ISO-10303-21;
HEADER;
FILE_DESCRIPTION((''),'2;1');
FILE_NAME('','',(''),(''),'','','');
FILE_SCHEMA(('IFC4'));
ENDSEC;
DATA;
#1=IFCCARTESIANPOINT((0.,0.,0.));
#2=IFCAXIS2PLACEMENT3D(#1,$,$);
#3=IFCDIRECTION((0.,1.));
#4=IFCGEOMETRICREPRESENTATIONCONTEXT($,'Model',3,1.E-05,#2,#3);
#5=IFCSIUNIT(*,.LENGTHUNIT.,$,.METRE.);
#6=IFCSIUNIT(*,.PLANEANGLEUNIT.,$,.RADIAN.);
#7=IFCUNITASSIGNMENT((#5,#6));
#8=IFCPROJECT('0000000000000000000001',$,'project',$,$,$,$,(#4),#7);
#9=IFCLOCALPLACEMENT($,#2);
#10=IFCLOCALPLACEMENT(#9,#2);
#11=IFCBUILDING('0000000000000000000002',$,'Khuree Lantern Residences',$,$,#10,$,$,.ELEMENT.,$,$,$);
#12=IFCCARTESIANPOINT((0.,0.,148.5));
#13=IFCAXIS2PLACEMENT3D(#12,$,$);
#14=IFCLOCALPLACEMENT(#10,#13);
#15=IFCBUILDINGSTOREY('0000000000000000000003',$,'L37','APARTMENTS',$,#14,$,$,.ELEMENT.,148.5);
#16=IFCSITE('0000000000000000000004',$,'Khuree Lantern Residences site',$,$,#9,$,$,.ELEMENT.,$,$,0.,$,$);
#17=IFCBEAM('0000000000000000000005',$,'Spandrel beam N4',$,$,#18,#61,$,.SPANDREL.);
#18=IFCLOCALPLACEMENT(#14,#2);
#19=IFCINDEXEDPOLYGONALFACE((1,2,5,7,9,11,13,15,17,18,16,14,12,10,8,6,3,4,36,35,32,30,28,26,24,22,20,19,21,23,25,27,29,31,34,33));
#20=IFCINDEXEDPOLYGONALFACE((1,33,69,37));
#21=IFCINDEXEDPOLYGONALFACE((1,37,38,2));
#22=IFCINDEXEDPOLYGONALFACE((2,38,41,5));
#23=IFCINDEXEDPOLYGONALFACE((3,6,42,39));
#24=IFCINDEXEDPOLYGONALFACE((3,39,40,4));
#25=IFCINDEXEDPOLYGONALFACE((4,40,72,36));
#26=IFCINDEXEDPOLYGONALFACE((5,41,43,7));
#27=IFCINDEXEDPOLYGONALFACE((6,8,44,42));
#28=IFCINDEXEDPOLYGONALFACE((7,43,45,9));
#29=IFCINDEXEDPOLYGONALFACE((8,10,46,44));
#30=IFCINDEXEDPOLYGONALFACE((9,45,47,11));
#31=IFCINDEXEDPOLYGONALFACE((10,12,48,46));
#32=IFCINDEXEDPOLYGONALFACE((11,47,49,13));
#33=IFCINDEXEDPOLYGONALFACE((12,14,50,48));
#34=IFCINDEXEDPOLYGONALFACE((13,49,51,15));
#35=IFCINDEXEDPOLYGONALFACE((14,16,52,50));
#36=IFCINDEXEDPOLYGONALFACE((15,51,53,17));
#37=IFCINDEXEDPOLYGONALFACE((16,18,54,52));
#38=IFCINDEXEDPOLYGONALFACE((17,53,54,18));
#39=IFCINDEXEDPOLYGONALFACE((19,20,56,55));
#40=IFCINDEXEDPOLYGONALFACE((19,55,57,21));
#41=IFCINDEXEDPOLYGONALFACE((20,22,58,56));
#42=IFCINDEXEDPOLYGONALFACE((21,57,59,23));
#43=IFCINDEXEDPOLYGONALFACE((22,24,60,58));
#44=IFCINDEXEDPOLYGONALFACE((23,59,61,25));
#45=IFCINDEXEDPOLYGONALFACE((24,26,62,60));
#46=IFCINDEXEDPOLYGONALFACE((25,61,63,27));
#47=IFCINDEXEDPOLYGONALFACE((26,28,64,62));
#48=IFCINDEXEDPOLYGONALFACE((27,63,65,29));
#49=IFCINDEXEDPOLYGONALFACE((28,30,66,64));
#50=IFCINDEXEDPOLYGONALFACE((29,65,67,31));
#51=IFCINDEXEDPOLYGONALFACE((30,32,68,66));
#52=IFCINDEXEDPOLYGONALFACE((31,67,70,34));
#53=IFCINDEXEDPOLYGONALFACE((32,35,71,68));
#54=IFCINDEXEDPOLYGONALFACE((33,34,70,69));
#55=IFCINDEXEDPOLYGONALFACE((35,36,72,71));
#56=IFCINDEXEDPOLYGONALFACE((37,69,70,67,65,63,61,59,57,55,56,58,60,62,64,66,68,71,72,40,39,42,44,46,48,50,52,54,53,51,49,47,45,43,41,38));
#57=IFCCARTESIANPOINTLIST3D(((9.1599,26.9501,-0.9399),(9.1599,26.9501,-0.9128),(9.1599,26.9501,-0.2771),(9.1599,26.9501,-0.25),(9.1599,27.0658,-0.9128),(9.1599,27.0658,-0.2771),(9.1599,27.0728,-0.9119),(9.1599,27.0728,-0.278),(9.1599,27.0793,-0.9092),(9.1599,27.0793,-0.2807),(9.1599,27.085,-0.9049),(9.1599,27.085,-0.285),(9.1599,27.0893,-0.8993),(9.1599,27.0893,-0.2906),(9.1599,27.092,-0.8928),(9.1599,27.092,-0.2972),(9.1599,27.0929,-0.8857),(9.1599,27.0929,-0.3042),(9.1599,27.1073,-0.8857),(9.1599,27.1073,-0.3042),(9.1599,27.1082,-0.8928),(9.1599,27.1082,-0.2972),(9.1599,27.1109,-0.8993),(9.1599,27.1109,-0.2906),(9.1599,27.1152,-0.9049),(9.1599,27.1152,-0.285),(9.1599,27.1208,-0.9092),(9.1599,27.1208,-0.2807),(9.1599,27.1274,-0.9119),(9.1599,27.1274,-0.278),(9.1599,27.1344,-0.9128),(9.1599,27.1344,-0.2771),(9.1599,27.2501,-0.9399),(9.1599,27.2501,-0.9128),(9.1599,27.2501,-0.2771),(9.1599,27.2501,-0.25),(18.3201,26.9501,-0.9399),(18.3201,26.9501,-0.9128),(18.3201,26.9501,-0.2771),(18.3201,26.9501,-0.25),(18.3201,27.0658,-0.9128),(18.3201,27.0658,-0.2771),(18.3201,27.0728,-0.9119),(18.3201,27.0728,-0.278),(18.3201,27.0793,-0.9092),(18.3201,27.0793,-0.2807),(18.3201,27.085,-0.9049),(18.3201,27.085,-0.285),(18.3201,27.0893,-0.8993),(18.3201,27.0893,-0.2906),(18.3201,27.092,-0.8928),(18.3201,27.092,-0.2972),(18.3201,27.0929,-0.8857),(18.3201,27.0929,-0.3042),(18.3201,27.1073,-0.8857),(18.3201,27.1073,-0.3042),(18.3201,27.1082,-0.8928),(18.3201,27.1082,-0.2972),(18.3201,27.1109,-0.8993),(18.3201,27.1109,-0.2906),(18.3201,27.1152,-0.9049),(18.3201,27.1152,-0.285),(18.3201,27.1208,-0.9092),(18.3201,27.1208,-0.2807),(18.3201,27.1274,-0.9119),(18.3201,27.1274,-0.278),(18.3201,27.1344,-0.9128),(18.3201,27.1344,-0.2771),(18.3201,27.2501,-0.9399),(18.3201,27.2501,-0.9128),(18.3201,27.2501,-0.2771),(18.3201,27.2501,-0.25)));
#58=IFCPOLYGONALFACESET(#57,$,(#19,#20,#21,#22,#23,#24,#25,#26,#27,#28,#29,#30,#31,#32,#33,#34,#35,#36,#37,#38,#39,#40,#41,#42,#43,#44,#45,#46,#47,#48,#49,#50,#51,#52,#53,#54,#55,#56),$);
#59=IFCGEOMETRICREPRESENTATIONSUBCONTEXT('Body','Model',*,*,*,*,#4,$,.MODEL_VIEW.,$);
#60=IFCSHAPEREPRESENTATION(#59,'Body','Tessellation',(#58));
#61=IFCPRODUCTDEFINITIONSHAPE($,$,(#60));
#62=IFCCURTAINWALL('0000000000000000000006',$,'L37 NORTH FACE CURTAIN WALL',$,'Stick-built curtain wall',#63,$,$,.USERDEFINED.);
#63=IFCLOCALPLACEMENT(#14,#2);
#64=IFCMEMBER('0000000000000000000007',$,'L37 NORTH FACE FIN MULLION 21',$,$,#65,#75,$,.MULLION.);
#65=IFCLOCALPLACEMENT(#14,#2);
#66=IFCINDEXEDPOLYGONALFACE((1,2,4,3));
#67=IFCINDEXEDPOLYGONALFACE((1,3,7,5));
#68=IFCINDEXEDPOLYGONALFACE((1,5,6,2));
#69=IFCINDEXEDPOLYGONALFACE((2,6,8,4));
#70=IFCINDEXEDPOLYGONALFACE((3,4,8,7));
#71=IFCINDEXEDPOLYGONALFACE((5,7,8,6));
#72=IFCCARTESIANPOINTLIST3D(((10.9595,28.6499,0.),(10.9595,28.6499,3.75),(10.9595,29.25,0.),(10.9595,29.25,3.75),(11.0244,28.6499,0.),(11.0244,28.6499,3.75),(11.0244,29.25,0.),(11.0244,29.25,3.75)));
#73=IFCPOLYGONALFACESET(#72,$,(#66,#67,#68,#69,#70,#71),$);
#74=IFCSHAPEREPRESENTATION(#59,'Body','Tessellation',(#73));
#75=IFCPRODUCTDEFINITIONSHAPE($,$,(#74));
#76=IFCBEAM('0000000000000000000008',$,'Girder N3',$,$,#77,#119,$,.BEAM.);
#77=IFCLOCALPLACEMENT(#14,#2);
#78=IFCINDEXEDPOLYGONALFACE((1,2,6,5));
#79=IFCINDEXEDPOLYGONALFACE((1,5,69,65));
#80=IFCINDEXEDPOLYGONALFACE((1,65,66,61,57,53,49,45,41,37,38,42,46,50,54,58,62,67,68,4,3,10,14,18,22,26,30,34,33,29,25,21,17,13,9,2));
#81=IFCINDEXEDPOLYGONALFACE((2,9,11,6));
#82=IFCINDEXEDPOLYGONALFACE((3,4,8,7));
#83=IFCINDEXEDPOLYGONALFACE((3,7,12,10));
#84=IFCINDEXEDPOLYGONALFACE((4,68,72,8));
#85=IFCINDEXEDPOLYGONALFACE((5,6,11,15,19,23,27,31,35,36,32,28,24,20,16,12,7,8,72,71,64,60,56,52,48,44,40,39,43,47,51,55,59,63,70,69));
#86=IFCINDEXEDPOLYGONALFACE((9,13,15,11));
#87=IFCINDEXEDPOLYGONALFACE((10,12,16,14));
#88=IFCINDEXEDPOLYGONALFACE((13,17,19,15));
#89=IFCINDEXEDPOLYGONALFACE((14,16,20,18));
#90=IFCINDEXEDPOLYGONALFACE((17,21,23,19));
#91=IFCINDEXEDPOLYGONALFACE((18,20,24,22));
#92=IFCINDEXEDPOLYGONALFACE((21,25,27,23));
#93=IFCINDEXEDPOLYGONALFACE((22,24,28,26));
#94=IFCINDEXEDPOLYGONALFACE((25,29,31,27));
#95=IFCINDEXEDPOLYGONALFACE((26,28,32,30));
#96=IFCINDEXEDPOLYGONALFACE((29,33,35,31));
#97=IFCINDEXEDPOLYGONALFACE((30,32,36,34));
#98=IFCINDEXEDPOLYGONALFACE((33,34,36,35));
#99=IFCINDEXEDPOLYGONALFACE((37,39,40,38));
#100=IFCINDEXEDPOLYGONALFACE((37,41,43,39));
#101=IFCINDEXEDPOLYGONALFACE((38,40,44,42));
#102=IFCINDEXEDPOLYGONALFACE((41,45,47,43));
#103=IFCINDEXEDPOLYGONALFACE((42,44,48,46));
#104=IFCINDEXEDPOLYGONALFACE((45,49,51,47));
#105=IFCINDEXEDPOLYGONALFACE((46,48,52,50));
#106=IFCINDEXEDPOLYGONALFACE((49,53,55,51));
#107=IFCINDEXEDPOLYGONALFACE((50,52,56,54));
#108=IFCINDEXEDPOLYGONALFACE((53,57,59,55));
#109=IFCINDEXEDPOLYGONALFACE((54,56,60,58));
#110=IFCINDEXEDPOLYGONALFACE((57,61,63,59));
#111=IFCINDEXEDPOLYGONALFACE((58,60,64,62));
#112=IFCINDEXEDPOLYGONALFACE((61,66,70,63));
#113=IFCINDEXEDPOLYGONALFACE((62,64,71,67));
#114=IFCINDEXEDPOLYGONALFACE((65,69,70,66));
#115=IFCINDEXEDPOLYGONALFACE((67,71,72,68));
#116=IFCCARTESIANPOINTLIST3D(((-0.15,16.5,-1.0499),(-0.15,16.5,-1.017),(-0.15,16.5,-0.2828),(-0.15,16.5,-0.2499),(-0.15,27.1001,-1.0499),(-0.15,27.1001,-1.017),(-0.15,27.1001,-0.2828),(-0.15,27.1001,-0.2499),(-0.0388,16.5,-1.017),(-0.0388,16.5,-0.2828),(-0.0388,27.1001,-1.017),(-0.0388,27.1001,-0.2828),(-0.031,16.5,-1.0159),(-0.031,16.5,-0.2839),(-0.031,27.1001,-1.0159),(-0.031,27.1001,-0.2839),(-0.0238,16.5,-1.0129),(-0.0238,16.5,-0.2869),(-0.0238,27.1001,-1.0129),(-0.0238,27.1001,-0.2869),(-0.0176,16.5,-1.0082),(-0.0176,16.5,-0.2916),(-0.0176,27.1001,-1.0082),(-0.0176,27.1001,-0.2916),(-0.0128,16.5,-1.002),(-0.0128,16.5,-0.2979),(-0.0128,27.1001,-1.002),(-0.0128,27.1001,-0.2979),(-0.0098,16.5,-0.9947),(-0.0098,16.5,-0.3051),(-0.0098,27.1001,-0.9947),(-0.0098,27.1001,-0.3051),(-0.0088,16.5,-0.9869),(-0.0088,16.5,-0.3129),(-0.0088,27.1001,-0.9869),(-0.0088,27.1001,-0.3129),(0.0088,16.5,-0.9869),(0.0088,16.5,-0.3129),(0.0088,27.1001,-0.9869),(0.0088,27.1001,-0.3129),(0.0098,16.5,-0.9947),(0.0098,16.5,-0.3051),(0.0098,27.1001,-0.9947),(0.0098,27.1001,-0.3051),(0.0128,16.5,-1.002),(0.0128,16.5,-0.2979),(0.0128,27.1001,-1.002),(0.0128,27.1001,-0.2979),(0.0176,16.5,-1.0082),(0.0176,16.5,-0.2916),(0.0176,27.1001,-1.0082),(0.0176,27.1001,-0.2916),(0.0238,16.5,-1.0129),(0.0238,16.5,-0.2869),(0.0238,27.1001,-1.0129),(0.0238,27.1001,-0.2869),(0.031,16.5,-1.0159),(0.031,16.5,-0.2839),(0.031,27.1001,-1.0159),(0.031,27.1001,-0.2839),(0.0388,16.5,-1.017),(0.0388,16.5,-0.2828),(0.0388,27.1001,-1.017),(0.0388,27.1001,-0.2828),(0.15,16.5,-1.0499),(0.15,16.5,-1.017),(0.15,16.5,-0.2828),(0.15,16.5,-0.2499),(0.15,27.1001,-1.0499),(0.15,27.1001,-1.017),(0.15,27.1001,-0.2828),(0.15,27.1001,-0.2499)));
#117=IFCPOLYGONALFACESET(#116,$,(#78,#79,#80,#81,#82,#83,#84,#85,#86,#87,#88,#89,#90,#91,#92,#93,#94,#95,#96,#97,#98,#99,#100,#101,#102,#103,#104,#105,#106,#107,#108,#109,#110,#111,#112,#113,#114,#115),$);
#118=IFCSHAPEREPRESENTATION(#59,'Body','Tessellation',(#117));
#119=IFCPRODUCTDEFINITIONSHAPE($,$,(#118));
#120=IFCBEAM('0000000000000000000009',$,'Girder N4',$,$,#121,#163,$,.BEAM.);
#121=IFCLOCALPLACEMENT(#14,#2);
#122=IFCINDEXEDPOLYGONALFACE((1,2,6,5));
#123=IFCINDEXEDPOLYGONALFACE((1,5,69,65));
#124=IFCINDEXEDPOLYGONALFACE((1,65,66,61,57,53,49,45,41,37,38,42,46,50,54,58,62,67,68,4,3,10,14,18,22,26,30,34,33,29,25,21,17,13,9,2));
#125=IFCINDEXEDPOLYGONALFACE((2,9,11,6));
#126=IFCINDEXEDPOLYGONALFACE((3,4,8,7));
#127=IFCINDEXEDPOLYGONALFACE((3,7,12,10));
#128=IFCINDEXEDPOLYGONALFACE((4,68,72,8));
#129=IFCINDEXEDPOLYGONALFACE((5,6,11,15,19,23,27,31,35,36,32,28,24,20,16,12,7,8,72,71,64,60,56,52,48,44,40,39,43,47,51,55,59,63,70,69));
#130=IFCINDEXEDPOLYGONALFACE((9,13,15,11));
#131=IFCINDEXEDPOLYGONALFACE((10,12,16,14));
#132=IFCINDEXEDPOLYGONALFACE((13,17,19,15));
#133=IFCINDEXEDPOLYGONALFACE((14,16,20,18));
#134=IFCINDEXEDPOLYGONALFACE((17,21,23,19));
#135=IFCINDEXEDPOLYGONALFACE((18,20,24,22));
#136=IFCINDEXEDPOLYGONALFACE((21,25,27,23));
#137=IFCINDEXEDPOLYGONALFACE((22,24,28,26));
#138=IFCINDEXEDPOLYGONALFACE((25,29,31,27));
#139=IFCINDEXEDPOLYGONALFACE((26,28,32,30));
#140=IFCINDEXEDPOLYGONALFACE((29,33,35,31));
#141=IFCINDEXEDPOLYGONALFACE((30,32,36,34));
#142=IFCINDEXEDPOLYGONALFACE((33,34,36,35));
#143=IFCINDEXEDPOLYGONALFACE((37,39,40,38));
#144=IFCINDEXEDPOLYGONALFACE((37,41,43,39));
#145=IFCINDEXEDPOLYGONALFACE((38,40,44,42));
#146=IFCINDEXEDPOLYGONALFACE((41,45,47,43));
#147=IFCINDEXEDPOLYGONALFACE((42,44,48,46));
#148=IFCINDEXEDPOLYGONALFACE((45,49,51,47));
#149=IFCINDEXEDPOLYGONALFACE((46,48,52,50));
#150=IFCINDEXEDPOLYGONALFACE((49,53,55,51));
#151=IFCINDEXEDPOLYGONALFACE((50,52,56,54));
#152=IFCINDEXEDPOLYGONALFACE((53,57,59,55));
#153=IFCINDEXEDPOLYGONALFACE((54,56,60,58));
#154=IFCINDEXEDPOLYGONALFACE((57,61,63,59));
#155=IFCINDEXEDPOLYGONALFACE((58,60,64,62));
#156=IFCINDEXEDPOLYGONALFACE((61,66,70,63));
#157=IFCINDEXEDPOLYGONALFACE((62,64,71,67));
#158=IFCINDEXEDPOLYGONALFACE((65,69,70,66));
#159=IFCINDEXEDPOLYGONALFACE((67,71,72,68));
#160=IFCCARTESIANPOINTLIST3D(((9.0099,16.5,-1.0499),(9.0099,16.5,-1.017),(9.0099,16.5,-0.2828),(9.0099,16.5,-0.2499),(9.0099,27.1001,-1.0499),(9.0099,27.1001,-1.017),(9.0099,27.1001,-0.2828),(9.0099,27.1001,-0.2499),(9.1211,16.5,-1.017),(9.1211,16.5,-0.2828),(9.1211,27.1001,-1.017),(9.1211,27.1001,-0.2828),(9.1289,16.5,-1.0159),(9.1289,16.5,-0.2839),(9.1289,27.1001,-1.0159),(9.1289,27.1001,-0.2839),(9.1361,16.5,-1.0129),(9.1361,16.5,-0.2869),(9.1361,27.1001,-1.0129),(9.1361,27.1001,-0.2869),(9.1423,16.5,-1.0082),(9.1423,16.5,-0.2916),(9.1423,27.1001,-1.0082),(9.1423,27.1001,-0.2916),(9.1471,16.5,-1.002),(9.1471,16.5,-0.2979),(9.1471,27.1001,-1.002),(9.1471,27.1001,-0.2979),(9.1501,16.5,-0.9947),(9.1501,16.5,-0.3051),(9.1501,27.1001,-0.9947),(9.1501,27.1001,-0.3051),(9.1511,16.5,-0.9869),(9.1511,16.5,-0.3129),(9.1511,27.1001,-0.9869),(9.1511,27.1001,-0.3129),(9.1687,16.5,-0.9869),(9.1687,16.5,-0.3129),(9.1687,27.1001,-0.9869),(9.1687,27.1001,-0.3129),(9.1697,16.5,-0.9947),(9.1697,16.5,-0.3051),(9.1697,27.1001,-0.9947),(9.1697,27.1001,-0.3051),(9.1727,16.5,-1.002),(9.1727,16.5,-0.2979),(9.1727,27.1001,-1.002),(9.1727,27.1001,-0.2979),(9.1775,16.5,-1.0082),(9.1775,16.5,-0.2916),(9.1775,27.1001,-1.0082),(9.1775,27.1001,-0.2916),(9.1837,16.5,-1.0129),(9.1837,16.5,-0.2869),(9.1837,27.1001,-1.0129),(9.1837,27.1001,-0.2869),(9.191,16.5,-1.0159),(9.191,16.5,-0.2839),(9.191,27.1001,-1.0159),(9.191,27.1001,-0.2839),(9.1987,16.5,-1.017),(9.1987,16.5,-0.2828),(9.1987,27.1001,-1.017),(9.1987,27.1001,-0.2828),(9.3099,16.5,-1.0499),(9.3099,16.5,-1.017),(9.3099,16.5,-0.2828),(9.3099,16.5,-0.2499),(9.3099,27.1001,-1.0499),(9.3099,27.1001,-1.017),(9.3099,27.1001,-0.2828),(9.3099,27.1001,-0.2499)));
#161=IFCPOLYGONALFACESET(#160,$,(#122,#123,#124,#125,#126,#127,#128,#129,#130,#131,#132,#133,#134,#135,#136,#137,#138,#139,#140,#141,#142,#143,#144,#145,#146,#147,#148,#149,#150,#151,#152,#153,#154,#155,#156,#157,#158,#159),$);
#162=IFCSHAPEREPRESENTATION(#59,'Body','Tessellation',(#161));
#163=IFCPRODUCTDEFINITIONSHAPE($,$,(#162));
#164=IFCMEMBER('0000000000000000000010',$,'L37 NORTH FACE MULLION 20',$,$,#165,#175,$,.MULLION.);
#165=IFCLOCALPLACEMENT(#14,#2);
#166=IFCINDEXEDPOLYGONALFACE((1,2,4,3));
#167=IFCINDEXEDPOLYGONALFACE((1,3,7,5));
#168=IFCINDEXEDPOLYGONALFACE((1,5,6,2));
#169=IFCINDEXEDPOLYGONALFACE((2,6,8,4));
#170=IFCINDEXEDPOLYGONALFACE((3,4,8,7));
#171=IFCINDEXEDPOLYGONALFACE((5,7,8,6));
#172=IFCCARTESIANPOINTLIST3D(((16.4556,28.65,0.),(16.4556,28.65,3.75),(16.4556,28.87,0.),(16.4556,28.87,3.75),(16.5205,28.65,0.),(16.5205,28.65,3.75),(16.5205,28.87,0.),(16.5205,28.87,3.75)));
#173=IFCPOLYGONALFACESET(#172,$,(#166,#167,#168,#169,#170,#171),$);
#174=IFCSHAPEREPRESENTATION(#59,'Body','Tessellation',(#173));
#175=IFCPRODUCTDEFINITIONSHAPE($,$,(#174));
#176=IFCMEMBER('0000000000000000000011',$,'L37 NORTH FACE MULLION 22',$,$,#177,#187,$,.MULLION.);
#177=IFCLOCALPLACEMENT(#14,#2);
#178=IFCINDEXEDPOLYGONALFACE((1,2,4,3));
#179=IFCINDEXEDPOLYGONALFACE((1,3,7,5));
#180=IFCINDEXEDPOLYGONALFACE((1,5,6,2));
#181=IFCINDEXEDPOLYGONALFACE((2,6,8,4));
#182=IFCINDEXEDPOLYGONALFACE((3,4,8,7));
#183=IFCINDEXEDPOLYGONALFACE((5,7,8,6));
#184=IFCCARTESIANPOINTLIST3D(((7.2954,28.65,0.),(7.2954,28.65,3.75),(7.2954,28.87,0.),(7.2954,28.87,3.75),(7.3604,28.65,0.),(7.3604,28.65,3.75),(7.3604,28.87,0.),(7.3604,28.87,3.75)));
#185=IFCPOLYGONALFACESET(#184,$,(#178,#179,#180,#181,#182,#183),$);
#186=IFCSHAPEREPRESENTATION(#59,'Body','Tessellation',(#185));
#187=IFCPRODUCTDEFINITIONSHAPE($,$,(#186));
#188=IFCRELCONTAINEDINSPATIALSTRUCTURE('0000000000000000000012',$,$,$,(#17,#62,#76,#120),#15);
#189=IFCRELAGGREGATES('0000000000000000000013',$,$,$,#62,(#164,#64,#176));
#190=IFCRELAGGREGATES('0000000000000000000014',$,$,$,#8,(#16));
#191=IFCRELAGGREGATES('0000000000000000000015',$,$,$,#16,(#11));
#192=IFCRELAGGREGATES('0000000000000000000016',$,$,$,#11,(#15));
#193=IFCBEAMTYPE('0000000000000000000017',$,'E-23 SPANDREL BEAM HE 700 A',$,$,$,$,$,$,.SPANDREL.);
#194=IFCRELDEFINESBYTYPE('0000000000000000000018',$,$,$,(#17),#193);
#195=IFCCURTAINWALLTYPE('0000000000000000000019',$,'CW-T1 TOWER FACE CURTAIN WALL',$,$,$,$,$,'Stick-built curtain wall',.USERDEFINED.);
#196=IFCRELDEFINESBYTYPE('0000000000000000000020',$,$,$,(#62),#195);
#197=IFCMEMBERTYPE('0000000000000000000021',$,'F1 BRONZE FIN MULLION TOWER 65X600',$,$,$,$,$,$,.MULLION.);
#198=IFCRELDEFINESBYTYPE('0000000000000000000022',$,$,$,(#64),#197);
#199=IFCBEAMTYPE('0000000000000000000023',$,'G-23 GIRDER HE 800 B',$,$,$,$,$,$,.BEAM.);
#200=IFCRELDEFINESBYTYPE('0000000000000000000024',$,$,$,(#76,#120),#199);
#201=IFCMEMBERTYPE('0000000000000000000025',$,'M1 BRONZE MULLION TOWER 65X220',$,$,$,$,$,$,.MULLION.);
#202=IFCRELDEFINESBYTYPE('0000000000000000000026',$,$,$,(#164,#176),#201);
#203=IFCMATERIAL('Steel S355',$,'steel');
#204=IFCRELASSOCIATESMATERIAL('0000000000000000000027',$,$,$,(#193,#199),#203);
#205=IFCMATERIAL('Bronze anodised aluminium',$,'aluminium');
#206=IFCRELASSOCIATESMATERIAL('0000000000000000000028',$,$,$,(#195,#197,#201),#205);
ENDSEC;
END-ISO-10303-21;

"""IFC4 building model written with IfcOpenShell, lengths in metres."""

from ifc_helpers import new_model, si_unit, direction, frame, origin, origin_2d, place, context, subcontext, project, spatial, rectangle, i_section, extrude, material, material_profile, profile_set, type_object, element, aggregate, save


model = new_model("IFC4")

# Units and contexts
model_context = context("Model", 3, precision=1e-05, world=origin(), true_north=direction((0.0, 1.0)))
body_context = subcontext(model_context, "Body", "Model", "MODEL_VIEW")
ifc_project = project(units=[si_unit("LENGTHUNIT", "METRE"), si_unit("PLANEANGLEUNIT", "RADIAN")], contexts=[model_context])

# Site, building, storey
site_placement = place(None, origin())
site = spatial("IfcSite", under=ifc_project, at=site_placement, Name="Khuree Lantern Residences site", CompositionType="ELEMENT", RefElevation=0.0)
building_placement = place(site_placement, origin())
building = spatial("IfcBuilding", under=site, at=building_placement, Name="Khuree Lantern Residences", CompositionType="ELEMENT")
storey_placement = place(building_placement, frame((0.0, 0.0, 148.5)))
storey = spatial("IfcBuildingStorey", under=building, at=storey_placement, Name="L37", Description="APARTMENTS", CompositionType="ELEMENT", Elevation=148.5)

# Beam
ifc_material_1 = material(Name="Steel S355", Category="steel")
ifc_material_profile_1 = material_profile(ifc_material_1, i_section(OverallWidth=0.3, OverallDepth=0.6899, WebThickness=0.0144, FlangeThickness=0.0271, FilletRadius=0.0271, at=origin_2d()), Name="HE 700 A")
ifc_profile_set_1 = profile_set([ifc_material_profile_1], Name="Steel S355")
beam_type_1 = type_object("IfcBeamType", Name="E-23 SPANDREL BEAM HE 700 A", PredefinedType="SPANDREL", material=ifc_profile_set_1)
beam_1_placement = place(storey_placement, frame((9.1599, 27.1001, -0.595), z_axis=(1.0, 0.0, 0.0), x_axis=(0.0, 1.0, 0.0)))
element("IfcBeam", 1, at=beam_1_placement, inside=storey, type_object=beam_type_1, Name="Spandrel beam N4", PredefinedType="SPANDREL", context=body_context, shape_type="SweptSolid", body=[
    extrude(i_section(OverallWidth=0.3, OverallDepth=0.6899, WebThickness=0.0144, FlangeThickness=0.0271, FilletRadius=0.0271, at=origin_2d()), origin(), (0.0, 0.0, 1.0), 9.1602),
])

# Curtain wall, member
ifc_material_2 = material(Name="Bronze anodised aluminium", Category="aluminium")
curtain_wall_type = type_object("IfcCurtainWallType", Name="CW-T1 TOWER FACE CURTAIN WALL", ElementType="Stick-built curtain wall", PredefinedType="USERDEFINED", material=ifc_material_2)
curtain_wall_placement = place(storey_placement, origin())
curtain_wall = element("IfcCurtainWall", 2, at=curtain_wall_placement, inside=storey, type_object=curtain_wall_type, Name="L37 NORTH FACE CURTAIN WALL", ObjectType="Stick-built curtain wall", PredefinedType="USERDEFINED")
ifc_material_profile_2 = material_profile(ifc_material_2, rectangle(XDim=0.0649, YDim=0.6001, at=origin_2d()), Name="F1 65X600")
ifc_profile_set_2 = profile_set([ifc_material_profile_2], Name="Bronze anodised aluminium")
member_type_1 = type_object("IfcMemberType", Name="F1 BRONZE FIN MULLION TOWER 65X600", PredefinedType="MULLION", material=ifc_profile_set_2)
member_1_placement = place(storey_placement, frame((10.9919, 28.95, 0.0), z_axis=(0.0, 0.0, 1.0), x_axis=(-1.0, 0.0, 0.0)))
member_1 = element("IfcMember", 3, at=member_1_placement, type_object=member_type_1, Name="L37 NORTH FACE FIN MULLION 21", PredefinedType="MULLION", context=body_context, shape_type="SweptSolid", body=[
    extrude(rectangle(XDim=0.0649, YDim=0.6001, at=origin_2d()), origin(), (0.0, 0.0, 1.0), 3.75),
])

# Beams
ifc_material_profile_3 = material_profile(ifc_material_1, i_section(OverallWidth=0.3, OverallDepth=0.8, WebThickness=0.0176, FlangeThickness=0.033, FilletRadius=0.03, at=origin_2d()), Name="HE 800 B")
ifc_profile_set_3 = profile_set([ifc_material_profile_3], Name="Steel S355")
beam_type_2 = type_object("IfcBeamType", Name="G-23 GIRDER HE 800 B", PredefinedType="BEAM", material=ifc_profile_set_3)
for number, where, z_axis, x_axis, name in (
    (4, (0.0, 27.1001, -0.6499), (0.0, -1.0, 0.0), (1.0, 0.0, 0.0), "Girder N3"),
    (5, (9.1599, 27.1001, -0.6499), (0.0, -1.0, 0.0), (1.0, 0.0, 0.0), "Girder N4"),
):
    element("IfcBeam", number, at=place(storey_placement, frame(where, z_axis=z_axis, x_axis=x_axis)), inside=storey, type_object=beam_type_2, Name=name, PredefinedType="BEAM", context=body_context, shape_type="SweptSolid", body=[
        extrude(i_section(OverallWidth=0.3, OverallDepth=0.8, WebThickness=0.0176, FlangeThickness=0.033, FilletRadius=0.03, at=origin_2d()), origin(), (0.0, 0.0, 1.0), 10.6001),
    ])

# Members
ifc_material_profile_4 = material_profile(ifc_material_2, rectangle(XDim=0.0649, YDim=0.22, at=origin_2d()), Name="M1 65X220")
ifc_profile_set_4 = profile_set([ifc_material_profile_4], Name="Bronze anodised aluminium")
member_type_2 = type_object("IfcMemberType", Name="M1 BRONZE MULLION TOWER 65X220", PredefinedType="MULLION", material=ifc_profile_set_4)
member_2_placement = place(storey_placement, frame((16.488, 28.76, 0.0), z_axis=(0.0, 0.0, 1.0), x_axis=(-1.0, 0.0, 0.0)))
member_2 = element("IfcMember", 6, at=member_2_placement, type_object=member_type_2, Name="L37 NORTH FACE MULLION 20", PredefinedType="MULLION", context=body_context, shape_type="SweptSolid", body=[
    extrude(rectangle(XDim=0.0649, YDim=0.22, at=origin_2d()), origin(), (0.0, 0.0, 1.0), 3.75),
])
member_3_placement = place(storey_placement, frame((7.3279, 28.76, 0.0), z_axis=(0.0, 0.0, 1.0), x_axis=(-1.0, 0.0, 0.0)))
member_3 = element("IfcMember", 7, at=member_3_placement, type_object=member_type_2, Name="L37 NORTH FACE MULLION 22", PredefinedType="MULLION", context=body_context, shape_type="SweptSolid", body=[
    extrude(rectangle(XDim=0.0649, YDim=0.22, at=origin_2d()), origin(), (0.0, 0.0, 1.0), 3.75),
])

aggregate(curtain_wall, [member_2, member_1, member_3])

save(model, "model.ifc")
